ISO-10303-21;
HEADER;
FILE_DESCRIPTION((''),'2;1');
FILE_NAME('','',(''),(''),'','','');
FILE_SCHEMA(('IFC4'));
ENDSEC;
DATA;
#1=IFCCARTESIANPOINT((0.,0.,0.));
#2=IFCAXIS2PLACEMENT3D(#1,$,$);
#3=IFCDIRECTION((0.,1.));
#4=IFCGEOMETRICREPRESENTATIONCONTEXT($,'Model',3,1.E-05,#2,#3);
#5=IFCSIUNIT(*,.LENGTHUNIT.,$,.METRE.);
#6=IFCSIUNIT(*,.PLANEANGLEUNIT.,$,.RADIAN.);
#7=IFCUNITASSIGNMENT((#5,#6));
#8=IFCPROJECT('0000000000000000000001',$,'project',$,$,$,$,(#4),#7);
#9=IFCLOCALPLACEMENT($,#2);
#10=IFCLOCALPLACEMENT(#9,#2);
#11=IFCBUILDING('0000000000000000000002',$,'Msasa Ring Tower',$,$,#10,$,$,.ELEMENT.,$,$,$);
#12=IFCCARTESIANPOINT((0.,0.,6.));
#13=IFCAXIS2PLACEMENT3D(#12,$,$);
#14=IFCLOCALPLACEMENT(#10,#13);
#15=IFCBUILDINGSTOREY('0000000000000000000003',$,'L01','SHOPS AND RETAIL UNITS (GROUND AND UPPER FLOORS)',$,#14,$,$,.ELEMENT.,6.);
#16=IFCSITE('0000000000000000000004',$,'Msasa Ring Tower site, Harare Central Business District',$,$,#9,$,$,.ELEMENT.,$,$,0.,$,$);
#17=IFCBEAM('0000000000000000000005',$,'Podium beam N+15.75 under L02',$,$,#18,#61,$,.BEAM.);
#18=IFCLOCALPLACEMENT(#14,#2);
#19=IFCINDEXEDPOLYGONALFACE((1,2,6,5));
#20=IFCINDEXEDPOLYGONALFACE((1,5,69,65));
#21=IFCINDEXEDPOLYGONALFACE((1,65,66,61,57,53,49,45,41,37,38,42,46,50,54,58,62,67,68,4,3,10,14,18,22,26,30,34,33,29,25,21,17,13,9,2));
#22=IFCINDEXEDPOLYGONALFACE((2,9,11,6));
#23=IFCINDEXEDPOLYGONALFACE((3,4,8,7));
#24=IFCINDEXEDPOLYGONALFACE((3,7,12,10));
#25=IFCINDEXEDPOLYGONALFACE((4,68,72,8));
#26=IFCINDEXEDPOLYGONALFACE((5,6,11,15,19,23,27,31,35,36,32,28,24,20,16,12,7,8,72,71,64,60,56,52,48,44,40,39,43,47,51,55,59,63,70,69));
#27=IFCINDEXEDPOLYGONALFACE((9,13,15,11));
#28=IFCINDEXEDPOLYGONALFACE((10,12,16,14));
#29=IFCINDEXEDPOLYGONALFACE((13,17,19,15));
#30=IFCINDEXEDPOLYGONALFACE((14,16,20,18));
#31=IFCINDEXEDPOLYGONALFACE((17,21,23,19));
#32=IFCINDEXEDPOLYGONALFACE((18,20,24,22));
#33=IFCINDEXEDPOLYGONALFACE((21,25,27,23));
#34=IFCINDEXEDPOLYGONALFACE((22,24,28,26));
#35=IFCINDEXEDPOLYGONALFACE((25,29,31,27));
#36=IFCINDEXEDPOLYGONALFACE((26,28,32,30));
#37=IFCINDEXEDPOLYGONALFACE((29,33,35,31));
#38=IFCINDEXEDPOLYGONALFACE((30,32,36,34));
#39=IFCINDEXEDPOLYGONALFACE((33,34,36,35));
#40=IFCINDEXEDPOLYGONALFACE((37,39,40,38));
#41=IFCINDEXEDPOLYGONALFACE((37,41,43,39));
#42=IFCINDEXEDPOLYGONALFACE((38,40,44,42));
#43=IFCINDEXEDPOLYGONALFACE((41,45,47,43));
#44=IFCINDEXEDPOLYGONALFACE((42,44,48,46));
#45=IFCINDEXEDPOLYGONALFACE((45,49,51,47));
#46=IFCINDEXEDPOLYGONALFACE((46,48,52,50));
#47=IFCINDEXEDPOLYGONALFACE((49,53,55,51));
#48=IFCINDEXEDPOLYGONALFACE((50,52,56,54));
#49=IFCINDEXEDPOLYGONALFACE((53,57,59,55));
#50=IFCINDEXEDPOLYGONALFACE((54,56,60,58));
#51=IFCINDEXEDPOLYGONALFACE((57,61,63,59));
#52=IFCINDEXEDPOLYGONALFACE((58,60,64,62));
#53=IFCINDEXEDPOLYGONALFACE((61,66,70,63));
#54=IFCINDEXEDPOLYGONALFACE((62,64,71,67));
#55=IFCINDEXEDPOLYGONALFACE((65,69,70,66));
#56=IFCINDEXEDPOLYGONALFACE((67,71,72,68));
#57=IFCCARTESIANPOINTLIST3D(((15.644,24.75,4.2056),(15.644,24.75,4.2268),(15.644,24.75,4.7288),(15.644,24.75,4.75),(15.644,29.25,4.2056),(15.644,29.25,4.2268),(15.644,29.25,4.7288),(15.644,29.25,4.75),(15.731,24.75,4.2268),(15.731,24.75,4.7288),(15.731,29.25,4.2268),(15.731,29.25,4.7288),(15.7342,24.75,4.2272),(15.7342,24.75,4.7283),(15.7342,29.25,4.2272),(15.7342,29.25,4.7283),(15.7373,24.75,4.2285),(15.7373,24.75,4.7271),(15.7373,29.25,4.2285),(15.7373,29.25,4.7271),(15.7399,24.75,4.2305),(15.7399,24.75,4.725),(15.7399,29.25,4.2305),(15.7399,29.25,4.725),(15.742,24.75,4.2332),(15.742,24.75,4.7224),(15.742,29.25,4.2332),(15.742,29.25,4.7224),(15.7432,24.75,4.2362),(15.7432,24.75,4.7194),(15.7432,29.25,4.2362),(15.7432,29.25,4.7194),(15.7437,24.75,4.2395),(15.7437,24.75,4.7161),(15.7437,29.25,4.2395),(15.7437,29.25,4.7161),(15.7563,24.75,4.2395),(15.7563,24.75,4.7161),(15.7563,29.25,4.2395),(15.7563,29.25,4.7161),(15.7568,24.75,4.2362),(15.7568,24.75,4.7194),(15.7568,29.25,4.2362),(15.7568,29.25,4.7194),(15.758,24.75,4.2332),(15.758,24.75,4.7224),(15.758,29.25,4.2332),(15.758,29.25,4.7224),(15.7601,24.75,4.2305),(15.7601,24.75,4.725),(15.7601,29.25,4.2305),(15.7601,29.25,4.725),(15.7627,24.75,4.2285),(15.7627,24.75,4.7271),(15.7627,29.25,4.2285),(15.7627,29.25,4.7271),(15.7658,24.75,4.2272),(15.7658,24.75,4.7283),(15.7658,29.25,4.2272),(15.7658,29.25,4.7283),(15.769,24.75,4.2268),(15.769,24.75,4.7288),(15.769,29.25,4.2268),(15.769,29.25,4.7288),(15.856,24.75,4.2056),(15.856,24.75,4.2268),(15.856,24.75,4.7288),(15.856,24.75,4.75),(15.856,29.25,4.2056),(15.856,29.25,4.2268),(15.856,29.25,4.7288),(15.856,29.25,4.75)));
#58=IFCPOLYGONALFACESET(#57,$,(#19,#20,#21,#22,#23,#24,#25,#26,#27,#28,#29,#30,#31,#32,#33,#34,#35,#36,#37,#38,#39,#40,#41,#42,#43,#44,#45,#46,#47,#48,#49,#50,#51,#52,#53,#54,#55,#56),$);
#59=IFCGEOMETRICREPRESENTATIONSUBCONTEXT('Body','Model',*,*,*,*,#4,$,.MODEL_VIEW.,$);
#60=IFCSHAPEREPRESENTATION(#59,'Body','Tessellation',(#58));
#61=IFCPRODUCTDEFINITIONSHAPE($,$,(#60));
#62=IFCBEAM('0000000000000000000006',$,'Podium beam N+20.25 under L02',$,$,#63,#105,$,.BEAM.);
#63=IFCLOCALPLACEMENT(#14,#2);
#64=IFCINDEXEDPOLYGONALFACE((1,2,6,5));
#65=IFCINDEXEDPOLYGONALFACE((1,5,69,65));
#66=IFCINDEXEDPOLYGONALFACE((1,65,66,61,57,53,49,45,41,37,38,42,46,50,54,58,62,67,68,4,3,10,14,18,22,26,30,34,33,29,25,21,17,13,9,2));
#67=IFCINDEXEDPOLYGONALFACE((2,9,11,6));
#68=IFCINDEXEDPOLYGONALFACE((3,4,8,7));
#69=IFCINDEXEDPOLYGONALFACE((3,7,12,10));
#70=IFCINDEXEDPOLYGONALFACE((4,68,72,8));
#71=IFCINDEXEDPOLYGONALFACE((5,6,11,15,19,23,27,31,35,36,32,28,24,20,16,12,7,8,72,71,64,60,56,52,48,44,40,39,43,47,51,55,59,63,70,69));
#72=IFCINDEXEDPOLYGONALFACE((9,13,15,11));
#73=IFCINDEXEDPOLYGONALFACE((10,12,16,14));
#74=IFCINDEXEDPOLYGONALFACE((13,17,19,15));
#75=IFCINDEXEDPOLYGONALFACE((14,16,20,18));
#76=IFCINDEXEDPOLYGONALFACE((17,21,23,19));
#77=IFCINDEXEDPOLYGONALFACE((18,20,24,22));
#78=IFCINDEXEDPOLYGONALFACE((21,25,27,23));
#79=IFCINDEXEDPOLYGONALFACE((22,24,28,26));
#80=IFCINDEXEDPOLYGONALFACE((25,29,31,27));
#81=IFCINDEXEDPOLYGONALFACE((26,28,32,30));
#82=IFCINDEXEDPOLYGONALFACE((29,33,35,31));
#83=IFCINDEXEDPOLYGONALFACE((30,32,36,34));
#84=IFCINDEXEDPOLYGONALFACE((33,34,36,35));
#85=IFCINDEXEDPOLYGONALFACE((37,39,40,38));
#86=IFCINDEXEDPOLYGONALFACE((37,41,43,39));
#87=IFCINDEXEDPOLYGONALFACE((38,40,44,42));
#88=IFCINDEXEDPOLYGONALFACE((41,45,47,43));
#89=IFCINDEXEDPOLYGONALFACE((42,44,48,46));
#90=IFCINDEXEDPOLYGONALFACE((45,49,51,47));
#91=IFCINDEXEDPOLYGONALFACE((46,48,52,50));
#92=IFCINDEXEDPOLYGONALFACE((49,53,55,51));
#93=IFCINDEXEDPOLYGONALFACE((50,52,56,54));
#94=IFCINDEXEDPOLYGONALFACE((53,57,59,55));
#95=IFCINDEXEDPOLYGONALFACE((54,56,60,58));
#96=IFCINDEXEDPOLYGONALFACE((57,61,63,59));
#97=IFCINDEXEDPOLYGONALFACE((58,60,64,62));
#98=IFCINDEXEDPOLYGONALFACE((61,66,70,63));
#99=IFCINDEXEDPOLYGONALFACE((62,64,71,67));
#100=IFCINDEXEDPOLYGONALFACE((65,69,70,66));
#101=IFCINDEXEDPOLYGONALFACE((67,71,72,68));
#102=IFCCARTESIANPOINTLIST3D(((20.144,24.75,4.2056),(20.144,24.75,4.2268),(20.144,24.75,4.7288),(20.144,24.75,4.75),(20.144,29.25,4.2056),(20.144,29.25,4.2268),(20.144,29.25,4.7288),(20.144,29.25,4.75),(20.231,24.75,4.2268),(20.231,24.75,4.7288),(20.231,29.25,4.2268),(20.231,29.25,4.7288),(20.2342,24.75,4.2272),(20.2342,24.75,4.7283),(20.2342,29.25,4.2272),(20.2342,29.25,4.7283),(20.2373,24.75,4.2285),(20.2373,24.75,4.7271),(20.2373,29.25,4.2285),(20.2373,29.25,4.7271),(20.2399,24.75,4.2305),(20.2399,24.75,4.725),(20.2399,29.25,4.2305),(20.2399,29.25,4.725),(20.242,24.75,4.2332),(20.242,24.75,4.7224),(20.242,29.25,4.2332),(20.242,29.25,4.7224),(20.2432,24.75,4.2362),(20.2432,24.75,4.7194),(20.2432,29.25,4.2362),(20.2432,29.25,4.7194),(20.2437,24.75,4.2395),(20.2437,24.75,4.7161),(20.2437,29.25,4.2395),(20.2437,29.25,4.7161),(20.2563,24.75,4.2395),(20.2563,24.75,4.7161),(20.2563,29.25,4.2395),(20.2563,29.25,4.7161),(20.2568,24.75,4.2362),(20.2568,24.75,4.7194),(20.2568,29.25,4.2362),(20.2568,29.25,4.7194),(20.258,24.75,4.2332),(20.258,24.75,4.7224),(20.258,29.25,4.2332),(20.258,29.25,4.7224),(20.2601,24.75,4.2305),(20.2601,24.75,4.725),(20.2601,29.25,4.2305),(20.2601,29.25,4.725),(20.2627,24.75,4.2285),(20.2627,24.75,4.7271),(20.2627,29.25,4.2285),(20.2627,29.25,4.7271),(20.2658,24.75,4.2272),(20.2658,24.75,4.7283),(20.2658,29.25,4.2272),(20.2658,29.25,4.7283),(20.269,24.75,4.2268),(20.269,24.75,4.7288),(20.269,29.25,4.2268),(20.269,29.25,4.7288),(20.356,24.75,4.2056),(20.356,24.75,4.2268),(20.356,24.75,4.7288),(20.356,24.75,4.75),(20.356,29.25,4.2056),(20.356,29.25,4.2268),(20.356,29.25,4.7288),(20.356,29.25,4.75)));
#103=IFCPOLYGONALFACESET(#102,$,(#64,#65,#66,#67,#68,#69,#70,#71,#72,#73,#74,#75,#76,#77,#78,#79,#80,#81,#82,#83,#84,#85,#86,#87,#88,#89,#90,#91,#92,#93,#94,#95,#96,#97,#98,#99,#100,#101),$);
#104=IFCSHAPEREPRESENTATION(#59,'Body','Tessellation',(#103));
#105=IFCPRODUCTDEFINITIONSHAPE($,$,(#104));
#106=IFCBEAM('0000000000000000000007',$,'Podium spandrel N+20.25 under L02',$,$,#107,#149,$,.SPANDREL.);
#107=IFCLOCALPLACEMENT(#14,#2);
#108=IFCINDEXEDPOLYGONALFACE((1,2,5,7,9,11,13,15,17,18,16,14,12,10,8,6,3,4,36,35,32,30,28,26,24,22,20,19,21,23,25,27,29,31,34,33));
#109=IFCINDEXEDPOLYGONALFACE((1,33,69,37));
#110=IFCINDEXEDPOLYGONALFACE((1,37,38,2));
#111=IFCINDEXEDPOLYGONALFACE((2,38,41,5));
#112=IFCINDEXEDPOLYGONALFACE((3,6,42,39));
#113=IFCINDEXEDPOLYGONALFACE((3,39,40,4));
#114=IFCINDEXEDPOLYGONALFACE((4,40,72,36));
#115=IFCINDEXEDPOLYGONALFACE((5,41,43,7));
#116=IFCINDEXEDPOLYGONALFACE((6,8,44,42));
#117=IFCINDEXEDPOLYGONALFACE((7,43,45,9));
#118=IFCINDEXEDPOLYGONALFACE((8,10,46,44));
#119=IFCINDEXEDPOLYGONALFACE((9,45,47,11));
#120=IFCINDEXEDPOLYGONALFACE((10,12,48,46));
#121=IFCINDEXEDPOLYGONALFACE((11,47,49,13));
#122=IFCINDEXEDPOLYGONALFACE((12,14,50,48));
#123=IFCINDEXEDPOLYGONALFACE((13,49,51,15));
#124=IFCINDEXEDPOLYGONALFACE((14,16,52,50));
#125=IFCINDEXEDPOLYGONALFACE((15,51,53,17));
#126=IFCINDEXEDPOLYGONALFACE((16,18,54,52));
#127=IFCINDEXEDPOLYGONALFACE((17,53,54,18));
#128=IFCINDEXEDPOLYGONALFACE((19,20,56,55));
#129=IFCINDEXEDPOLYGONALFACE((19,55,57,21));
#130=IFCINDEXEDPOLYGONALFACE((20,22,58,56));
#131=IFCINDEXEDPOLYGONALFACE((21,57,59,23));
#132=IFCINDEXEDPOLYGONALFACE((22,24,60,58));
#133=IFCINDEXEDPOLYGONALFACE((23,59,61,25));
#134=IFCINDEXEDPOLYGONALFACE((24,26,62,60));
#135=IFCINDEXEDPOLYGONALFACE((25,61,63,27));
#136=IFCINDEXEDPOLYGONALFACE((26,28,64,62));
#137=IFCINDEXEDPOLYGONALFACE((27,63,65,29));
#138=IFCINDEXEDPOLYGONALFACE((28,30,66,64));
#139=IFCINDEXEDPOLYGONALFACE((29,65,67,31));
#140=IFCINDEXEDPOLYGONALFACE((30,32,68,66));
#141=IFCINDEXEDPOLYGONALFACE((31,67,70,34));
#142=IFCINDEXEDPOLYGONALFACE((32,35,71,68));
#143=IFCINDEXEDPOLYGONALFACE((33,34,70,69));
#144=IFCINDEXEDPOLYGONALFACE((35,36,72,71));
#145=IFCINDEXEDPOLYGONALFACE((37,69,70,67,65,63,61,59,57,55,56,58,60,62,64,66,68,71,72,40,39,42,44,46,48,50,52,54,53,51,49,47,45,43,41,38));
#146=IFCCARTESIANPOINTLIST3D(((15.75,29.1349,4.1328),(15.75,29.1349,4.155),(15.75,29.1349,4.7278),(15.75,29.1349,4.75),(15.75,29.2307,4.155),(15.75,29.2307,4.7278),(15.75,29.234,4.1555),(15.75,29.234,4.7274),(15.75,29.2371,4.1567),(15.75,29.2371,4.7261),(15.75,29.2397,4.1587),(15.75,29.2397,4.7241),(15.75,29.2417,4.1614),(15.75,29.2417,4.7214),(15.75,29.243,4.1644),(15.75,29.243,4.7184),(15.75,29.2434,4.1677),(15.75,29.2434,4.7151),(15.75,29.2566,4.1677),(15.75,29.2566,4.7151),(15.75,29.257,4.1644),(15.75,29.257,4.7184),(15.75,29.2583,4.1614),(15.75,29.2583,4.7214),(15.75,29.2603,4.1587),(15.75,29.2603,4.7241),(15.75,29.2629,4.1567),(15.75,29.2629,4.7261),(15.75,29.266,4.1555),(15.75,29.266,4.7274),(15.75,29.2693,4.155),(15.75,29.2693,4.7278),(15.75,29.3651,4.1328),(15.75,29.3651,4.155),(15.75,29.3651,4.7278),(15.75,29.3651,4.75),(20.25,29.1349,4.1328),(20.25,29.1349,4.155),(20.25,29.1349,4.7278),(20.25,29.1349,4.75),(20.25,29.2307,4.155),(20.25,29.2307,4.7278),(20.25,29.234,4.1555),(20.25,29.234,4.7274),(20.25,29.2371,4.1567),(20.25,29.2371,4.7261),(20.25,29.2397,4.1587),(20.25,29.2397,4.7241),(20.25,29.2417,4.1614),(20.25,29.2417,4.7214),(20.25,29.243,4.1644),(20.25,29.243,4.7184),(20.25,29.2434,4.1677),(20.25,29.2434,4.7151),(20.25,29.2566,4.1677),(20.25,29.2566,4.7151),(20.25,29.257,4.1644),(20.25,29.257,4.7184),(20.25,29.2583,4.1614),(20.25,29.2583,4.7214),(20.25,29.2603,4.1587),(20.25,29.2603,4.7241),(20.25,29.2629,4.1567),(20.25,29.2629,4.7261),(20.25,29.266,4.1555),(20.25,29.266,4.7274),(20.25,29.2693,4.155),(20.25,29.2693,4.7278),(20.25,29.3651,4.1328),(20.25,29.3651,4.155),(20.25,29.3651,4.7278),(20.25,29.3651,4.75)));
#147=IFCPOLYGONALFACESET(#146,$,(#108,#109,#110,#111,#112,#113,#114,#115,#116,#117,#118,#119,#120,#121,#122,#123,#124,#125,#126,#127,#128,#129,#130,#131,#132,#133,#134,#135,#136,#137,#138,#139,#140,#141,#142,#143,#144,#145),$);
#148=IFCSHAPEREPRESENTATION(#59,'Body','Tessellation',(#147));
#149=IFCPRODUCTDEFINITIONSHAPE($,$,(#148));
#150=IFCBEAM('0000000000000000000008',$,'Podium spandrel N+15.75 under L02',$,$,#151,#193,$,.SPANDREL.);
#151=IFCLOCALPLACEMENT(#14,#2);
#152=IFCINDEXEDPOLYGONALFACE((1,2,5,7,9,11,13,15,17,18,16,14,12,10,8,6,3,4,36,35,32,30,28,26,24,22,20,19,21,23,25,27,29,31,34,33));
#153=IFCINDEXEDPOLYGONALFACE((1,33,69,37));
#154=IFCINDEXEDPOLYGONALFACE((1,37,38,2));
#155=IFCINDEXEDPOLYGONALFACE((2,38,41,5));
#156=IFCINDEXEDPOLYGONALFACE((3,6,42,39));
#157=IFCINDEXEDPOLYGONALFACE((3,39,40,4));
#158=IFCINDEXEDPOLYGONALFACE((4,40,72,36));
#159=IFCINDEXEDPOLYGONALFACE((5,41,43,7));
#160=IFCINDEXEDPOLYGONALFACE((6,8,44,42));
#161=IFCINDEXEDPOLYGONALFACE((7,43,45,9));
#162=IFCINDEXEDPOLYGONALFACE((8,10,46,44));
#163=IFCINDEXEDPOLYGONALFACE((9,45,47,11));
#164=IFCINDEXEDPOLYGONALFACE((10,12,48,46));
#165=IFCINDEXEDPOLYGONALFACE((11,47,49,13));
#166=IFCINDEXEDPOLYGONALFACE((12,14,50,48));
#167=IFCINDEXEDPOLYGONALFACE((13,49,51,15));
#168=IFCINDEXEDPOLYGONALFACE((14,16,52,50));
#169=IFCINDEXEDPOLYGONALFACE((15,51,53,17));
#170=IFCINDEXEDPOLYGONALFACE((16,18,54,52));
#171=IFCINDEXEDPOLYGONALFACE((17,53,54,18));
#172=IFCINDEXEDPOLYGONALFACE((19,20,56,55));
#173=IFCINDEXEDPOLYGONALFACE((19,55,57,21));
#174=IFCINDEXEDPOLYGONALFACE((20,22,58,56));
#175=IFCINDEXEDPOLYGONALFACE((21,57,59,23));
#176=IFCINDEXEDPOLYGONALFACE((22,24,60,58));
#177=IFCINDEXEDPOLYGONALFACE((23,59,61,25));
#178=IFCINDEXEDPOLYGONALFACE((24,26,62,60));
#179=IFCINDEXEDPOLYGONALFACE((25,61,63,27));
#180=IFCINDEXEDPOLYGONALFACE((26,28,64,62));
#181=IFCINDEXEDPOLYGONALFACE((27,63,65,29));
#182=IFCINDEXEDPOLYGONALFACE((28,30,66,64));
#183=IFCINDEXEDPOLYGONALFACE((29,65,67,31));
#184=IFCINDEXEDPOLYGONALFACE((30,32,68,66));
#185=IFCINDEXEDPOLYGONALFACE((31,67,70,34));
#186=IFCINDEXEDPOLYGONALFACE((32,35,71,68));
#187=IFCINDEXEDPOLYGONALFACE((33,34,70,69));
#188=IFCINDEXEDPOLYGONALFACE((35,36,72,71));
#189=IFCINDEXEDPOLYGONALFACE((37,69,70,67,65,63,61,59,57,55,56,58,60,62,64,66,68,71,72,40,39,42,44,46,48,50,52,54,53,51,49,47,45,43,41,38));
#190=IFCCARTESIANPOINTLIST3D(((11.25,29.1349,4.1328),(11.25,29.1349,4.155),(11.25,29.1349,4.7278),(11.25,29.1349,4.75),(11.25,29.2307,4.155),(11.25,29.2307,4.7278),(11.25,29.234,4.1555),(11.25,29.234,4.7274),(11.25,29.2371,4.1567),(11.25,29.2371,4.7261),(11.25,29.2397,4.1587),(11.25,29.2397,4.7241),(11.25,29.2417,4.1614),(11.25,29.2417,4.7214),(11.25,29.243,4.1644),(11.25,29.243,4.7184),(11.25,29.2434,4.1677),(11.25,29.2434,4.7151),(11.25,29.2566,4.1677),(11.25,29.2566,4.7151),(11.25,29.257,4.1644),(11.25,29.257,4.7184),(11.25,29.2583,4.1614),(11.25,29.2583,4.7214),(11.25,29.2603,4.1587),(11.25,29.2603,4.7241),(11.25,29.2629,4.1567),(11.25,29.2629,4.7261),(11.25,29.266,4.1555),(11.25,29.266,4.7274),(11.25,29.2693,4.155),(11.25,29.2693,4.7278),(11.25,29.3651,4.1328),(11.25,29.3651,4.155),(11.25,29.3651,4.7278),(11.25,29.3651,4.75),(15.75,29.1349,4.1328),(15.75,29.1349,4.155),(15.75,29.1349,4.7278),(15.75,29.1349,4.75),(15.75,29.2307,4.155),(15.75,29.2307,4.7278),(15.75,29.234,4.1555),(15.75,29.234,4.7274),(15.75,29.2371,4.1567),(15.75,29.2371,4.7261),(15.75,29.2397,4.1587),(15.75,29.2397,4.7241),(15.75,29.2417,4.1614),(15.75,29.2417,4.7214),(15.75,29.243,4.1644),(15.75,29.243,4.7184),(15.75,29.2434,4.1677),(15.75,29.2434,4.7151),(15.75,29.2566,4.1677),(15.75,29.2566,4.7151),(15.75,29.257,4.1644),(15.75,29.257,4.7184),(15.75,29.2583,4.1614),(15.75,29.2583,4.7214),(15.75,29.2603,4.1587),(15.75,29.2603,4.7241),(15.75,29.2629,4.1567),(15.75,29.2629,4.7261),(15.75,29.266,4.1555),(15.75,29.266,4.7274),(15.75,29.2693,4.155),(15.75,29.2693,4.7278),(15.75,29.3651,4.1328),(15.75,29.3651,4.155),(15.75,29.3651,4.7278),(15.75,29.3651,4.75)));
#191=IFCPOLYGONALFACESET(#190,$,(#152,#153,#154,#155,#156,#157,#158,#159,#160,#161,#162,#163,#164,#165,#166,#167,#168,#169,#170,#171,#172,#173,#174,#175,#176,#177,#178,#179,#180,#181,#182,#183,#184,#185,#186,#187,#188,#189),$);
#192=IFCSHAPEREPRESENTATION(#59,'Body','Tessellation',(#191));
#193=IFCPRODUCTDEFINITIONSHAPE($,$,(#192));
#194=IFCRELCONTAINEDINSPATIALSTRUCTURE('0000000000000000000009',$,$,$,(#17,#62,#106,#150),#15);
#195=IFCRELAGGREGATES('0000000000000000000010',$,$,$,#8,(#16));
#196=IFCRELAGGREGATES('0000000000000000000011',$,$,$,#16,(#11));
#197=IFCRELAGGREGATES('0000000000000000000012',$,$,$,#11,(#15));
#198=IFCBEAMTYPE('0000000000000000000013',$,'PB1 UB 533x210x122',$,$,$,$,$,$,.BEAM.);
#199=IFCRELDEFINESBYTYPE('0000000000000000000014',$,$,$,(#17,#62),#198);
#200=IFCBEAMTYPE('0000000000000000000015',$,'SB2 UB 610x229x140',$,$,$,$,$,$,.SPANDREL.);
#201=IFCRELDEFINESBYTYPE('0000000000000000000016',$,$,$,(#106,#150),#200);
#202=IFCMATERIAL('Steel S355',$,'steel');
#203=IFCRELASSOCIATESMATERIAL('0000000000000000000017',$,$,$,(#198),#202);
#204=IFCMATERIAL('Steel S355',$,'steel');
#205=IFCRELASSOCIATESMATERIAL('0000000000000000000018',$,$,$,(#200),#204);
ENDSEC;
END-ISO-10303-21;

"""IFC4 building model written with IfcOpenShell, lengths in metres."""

from ifc_helpers import new_model, si_unit, direction, frame, origin, origin_2d, place, context, subcontext, project, spatial, i_section, extrude, material, material_profile, profile_set, type_object, element, save


model = new_model("IFC4")

# Units and contexts
model_context = context("Model", 3, precision=1e-05, world=origin(), true_north=direction((0.0, 1.0)))
body_context = subcontext(model_context, "Body", "Model", "MODEL_VIEW")
ifc_project = project(units=[si_unit("LENGTHUNIT", "METRE"), si_unit("PLANEANGLEUNIT", "RADIAN")], contexts=[model_context])

# Site, building, storey
site_placement = place(None, origin())
site = spatial("IfcSite", under=ifc_project, at=site_placement, Name="Msasa Ring Tower site, Harare Central Business District", CompositionType="ELEMENT", RefElevation=0.0)
building_placement = place(site_placement, origin())
building = spatial("IfcBuilding", under=site, at=building_placement, Name="Msasa Ring Tower", CompositionType="ELEMENT")
storey_placement = place(building_placement, frame((0.0, 0.0, 6.0)))
storey = spatial("IfcBuildingStorey", under=building, at=storey_placement, Name="L01", Description="SHOPS AND RETAIL UNITS (GROUND AND UPPER FLOORS)", CompositionType="ELEMENT", Elevation=6.0)

# Beams
ifc_material_1 = material(Name="Steel S355", Category="steel")
ifc_material_profile_1 = material_profile(ifc_material_1, i_section(OverallWidth=0.2119, OverallDepth=0.5444, WebThickness=0.0127, FlangeThickness=0.0212, FilletRadius=0.0127, at=origin_2d()), Name="UB 533x210x122")
ifc_profile_set_1 = profile_set([ifc_material_profile_1], Name="Steel S355")
beam_type_1 = type_object("IfcBeamType", Name="PB1 UB 533x210x122", PredefinedType="BEAM", material=ifc_profile_set_1)
for number, where, z_axis, x_axis, name in (
    (1, (15.75, 29.25, 4.4778), (0.0, -1.0, 0.0), (1.0, 0.0, 0.0), "Podium beam N+15.75 under L02"),
    (2, (20.25, 29.25, 4.4778), (0.0, -1.0, 0.0), (1.0, 0.0, 0.0), "Podium beam N+20.25 under L02"),
):
    element("IfcBeam", number, at=place(storey_placement, frame(where, z_axis=z_axis, x_axis=x_axis)), inside=storey, type_object=beam_type_1, Name=name, PredefinedType="BEAM", context=body_context, shape_type="SweptSolid", body=[
        extrude(i_section(OverallWidth=0.2119, OverallDepth=0.5444, WebThickness=0.0127, FlangeThickness=0.0212, FilletRadius=0.0127, at=origin_2d()), origin(), (0.0, 0.0, 1.0), 4.5),
    ])
ifc_material_2 = material(Name="Steel S355", Category="steel")
ifc_material_profile_2 = material_profile(ifc_material_2, i_section(OverallWidth=0.2302, OverallDepth=0.6172, WebThickness=0.0132, FlangeThickness=0.0222, FilletRadius=0.0127, at=origin_2d()), Name="UB 610x229x140")
ifc_profile_set_2 = profile_set([ifc_material_profile_2], Name="Steel S355")
beam_type_2 = type_object("IfcBeamType", Name="SB2 UB 610x229x140", PredefinedType="SPANDREL", material=ifc_profile_set_2)
for number, where, z_axis, x_axis, name in (
    (3, (20.25, 29.25, 4.4414), (-1.0, 0.0, 0.0), (0.0, -1.0, 0.0), "Podium spandrel N+20.25 under L02"),
    (4, (15.75, 29.25, 4.4414), (-1.0, 0.0, 0.0), (0.0, -1.0, 0.0), "Podium spandrel N+15.75 under L02"),
):
    element("IfcBeam", number, at=place(storey_placement, frame(where, z_axis=z_axis, x_axis=x_axis)), inside=storey, type_object=beam_type_2, Name=name, PredefinedType="SPANDREL", context=body_context, shape_type="SweptSolid", body=[
        extrude(i_section(OverallWidth=0.2302, OverallDepth=0.6172, WebThickness=0.0132, FlangeThickness=0.0222, FilletRadius=0.0127, at=origin_2d()), origin(), (0.0, 0.0, 1.0), 4.5),
    ])

save(model, "model.ifc")
